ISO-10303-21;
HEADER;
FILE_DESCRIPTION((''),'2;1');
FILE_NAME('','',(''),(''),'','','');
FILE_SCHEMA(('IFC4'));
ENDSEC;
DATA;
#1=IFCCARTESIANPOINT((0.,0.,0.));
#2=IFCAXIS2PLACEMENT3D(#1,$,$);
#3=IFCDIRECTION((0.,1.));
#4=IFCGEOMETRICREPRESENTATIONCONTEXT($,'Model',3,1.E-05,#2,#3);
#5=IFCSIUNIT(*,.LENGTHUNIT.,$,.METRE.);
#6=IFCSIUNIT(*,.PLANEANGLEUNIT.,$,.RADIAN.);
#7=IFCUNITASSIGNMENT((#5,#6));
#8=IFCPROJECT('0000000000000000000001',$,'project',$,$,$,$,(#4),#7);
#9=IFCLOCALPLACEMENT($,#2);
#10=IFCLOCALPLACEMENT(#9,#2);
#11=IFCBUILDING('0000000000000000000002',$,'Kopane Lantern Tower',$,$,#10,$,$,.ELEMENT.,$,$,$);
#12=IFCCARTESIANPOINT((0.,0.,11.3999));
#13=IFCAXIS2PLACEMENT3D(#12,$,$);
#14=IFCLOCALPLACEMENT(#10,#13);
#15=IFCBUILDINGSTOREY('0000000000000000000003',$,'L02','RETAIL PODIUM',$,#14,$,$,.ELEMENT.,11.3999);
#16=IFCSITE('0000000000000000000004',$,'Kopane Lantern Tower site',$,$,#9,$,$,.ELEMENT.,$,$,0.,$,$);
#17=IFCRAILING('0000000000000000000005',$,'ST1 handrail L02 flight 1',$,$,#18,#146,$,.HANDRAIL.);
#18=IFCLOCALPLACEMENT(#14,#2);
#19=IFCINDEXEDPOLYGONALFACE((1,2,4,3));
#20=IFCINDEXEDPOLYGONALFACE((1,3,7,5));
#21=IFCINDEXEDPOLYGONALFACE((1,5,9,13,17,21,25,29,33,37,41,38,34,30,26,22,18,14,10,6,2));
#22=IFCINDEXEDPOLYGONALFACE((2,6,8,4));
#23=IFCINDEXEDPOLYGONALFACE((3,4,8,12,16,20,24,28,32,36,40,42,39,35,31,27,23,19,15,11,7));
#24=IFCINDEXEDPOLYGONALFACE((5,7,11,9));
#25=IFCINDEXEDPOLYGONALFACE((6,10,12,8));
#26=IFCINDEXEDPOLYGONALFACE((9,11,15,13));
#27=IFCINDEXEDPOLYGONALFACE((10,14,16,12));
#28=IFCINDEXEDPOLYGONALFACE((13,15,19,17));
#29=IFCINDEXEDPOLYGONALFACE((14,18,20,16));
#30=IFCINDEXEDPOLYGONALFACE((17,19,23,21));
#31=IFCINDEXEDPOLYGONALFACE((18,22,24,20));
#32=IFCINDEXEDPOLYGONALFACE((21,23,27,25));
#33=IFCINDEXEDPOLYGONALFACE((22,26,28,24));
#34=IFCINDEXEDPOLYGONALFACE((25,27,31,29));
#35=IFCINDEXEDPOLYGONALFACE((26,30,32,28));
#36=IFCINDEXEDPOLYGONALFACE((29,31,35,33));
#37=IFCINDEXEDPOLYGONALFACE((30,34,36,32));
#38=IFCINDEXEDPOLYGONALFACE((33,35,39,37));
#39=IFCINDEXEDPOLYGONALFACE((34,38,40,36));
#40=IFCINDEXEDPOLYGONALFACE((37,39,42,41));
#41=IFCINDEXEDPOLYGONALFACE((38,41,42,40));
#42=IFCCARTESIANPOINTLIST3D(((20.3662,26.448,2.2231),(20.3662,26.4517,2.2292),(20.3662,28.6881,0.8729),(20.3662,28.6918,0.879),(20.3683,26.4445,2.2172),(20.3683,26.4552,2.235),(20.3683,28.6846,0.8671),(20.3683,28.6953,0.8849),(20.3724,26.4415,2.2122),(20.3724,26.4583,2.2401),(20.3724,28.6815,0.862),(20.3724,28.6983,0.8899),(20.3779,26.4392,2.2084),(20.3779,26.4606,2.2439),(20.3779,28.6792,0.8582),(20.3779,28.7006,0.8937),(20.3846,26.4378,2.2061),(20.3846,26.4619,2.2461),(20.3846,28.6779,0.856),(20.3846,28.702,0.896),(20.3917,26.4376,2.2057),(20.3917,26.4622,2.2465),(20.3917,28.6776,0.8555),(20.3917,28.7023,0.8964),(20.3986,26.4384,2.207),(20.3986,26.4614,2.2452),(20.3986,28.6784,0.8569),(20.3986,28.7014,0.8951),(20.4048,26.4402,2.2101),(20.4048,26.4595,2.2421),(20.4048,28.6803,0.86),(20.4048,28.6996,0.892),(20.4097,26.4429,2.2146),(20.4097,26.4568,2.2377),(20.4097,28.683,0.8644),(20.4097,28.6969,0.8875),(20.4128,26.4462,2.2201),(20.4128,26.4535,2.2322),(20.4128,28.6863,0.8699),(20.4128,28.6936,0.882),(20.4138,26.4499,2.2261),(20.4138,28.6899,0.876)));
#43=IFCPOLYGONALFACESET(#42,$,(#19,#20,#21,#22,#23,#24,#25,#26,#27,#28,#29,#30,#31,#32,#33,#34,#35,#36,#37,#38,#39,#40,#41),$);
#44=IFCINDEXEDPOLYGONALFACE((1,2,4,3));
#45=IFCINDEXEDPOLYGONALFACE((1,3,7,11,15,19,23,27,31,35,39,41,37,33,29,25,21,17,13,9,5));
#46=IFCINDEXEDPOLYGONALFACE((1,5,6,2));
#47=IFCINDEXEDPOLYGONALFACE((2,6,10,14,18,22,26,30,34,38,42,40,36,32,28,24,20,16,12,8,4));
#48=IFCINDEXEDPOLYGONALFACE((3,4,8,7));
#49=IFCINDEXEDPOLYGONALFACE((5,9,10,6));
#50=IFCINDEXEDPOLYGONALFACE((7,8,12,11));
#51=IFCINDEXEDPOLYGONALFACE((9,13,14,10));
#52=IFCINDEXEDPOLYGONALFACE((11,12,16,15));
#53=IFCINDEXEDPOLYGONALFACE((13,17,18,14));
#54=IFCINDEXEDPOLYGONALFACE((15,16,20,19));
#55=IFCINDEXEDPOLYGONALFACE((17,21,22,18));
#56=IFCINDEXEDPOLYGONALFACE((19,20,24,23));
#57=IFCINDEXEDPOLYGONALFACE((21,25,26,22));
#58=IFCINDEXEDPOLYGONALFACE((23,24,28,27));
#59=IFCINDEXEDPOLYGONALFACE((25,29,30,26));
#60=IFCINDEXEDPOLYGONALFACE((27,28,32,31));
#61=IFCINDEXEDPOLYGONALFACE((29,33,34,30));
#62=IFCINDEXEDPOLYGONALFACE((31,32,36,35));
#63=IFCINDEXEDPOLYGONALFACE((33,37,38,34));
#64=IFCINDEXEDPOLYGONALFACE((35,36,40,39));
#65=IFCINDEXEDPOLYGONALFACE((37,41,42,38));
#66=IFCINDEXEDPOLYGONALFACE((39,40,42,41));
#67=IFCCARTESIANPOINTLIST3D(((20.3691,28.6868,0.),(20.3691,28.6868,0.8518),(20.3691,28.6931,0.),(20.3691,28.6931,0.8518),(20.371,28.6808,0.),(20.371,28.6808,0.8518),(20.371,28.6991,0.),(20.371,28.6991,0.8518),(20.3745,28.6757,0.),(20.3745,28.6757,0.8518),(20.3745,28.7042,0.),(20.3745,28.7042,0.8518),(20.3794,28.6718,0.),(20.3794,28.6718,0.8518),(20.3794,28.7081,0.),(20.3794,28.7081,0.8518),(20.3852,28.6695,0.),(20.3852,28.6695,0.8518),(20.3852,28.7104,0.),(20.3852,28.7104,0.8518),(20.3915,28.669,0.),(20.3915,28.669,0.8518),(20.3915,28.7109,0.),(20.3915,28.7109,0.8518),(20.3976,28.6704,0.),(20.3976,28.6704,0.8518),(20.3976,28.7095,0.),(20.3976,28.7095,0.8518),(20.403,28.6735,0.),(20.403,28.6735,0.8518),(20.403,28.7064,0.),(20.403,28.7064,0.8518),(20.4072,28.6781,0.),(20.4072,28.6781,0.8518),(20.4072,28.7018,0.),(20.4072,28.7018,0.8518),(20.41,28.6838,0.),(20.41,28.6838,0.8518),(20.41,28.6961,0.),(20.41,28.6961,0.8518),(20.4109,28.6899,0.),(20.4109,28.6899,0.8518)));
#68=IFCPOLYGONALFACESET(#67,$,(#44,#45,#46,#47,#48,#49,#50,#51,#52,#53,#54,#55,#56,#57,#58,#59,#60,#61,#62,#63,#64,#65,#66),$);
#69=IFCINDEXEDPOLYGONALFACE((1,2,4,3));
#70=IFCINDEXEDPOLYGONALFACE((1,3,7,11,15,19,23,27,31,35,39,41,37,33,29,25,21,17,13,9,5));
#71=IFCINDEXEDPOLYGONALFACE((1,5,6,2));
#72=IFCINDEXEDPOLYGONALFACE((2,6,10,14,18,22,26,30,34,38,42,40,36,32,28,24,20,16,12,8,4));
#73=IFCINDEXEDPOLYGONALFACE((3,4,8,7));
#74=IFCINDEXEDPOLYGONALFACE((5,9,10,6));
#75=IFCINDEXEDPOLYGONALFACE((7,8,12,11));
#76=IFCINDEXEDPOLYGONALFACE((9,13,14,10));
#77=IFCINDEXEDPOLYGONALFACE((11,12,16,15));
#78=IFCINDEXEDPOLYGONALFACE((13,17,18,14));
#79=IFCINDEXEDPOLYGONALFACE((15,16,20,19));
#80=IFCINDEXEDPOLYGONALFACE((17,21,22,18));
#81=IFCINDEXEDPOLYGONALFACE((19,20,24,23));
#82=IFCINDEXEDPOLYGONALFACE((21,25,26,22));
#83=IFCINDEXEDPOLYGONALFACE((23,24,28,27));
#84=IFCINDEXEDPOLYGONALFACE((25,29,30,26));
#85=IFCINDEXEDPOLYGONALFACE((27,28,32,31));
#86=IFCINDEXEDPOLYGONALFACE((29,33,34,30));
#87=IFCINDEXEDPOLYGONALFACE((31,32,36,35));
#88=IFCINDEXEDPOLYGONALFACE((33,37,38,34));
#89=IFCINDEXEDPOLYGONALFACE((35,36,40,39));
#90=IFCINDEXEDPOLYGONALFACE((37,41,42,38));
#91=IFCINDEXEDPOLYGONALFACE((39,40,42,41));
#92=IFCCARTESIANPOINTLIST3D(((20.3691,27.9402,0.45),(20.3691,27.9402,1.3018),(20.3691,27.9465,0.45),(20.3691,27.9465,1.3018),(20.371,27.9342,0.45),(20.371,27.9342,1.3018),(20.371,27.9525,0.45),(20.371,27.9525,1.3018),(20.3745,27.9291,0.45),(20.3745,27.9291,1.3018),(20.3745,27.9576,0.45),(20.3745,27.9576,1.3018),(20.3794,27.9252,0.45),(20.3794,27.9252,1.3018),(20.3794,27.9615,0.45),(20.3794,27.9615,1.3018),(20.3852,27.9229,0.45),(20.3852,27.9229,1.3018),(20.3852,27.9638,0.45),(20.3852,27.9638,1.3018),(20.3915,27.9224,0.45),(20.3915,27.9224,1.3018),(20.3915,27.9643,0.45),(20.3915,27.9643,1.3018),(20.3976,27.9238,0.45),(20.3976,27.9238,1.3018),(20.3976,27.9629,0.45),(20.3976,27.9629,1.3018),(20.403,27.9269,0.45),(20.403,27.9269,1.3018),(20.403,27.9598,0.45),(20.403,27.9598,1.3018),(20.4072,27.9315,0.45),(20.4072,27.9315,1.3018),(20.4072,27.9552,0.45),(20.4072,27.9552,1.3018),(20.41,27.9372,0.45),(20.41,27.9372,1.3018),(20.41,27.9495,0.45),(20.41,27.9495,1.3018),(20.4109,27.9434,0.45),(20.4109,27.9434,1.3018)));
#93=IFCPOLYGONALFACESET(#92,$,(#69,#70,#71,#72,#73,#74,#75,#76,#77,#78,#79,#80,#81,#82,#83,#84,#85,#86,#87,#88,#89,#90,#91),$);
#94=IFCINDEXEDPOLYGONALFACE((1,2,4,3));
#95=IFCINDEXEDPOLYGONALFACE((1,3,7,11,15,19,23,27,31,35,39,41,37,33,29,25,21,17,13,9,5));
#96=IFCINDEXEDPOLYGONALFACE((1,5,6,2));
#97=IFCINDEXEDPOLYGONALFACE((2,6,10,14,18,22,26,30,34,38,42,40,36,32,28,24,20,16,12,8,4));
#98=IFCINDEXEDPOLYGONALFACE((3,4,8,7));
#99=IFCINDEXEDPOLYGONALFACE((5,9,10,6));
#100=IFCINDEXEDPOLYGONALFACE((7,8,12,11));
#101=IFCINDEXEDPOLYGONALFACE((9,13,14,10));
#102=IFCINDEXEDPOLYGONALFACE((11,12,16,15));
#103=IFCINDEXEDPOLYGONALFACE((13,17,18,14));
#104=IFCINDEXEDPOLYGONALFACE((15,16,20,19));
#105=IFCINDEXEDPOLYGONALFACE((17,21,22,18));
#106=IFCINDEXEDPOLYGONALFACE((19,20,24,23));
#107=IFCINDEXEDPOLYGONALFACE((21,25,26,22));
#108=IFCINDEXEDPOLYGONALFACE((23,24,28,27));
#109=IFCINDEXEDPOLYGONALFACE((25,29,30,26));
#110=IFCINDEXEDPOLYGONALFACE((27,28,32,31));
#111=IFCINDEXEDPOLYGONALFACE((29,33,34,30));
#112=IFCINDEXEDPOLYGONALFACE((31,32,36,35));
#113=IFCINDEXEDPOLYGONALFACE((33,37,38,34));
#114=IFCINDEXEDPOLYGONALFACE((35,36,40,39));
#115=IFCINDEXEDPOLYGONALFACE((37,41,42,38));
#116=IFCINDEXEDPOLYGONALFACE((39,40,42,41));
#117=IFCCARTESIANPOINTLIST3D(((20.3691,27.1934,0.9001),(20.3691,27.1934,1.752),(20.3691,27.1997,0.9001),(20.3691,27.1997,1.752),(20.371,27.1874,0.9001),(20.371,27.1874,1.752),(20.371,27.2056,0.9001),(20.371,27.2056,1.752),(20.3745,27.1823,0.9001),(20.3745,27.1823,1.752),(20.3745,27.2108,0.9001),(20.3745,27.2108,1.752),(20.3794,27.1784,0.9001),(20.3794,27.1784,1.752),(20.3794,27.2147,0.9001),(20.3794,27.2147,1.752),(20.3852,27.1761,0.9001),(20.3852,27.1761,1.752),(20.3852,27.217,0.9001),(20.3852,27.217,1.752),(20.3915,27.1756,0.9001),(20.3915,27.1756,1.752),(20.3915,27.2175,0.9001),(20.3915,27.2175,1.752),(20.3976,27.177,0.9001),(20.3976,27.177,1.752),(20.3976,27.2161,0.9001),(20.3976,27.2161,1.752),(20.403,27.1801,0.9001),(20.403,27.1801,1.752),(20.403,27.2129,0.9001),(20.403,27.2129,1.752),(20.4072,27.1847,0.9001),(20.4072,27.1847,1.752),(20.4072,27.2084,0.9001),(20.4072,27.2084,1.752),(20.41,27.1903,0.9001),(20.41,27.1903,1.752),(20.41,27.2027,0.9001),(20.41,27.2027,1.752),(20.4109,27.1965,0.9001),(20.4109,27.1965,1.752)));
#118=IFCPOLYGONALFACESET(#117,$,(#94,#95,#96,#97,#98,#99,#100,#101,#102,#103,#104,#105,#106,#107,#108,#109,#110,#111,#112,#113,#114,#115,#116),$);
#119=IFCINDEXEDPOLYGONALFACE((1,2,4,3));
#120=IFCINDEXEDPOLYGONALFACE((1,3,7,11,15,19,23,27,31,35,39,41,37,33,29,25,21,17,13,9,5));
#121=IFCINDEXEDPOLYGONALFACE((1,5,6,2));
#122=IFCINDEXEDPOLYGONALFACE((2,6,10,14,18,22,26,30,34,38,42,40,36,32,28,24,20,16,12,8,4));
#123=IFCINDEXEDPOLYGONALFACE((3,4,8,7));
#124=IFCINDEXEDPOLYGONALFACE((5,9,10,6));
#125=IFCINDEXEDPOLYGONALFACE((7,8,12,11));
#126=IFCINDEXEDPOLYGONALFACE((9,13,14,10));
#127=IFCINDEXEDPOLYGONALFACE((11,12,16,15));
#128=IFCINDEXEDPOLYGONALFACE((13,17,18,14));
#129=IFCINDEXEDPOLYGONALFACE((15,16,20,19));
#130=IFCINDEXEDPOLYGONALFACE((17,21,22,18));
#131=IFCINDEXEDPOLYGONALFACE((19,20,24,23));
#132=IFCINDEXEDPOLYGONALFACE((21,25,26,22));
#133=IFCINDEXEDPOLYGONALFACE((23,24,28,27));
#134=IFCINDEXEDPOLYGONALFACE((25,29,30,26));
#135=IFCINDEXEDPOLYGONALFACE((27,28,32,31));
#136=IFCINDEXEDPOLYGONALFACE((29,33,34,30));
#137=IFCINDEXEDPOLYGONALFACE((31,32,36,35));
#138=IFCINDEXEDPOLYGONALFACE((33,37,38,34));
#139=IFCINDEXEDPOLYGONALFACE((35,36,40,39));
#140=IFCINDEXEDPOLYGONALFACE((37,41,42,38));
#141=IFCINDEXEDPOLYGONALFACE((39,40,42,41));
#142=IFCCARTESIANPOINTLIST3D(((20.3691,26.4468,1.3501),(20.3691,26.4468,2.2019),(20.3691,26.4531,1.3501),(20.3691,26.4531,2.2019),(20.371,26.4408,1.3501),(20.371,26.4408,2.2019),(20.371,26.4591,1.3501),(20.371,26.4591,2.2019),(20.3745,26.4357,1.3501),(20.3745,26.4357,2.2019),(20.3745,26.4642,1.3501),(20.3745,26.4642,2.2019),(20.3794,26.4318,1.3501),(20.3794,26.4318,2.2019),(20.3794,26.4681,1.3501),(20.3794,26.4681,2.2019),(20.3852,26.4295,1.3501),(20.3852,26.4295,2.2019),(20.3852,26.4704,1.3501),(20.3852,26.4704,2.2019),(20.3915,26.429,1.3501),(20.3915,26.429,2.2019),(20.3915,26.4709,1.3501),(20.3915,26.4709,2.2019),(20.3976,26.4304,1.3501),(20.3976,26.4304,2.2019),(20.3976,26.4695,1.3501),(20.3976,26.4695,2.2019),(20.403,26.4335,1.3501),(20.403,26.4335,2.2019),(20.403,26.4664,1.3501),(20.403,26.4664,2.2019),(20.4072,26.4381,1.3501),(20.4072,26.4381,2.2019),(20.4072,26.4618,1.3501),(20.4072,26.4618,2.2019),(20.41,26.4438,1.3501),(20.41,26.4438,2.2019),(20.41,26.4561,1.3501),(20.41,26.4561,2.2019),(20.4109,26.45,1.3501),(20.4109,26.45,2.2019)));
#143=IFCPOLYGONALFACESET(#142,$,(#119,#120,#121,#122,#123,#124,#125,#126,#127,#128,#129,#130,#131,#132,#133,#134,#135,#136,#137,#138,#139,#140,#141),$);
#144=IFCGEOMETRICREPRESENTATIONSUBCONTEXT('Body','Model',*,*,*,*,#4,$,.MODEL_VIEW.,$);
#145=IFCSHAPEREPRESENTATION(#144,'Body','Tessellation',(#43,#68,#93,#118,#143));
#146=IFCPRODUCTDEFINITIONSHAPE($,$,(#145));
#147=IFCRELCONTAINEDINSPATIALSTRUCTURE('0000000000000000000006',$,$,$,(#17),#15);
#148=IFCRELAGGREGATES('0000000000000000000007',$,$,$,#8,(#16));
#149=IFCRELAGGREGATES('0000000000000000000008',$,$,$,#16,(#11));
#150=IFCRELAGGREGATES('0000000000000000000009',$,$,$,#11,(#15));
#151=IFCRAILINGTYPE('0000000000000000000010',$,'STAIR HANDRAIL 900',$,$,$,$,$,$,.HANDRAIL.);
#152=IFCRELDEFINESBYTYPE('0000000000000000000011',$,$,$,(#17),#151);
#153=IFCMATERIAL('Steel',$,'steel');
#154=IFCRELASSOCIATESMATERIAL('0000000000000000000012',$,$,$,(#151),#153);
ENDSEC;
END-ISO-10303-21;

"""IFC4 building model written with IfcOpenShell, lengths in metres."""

from ifc_helpers import new_model, si_unit, direction, frame, origin, origin_2d, place, context, subcontext, project, spatial, circle, extrude, material, type_object, element, save


model = new_model("IFC4")

# Units and contexts
model_context = context("Model", 3, precision=1e-05, world=origin(), true_north=direction((0.0, 1.0)))
body_context = subcontext(model_context, "Body", "Model", "MODEL_VIEW")
ifc_project = project(units=[si_unit("LENGTHUNIT", "METRE"), si_unit("PLANEANGLEUNIT", "RADIAN")], contexts=[model_context])

# Site, building, storey
site_placement = place(None, origin())
site = spatial("IfcSite", under=ifc_project, at=site_placement, Name="Kopane Lantern Tower site", CompositionType="ELEMENT", RefElevation=0.0)
building_placement = place(site_placement, origin())
building = spatial("IfcBuilding", under=site, at=building_placement, Name="Kopane Lantern Tower", CompositionType="ELEMENT")
storey_placement = place(building_placement, frame((0.0, 0.0, 11.3999)))
storey = spatial("IfcBuildingStorey", under=building, at=storey_placement, Name="L02", Description="RETAIL PODIUM", CompositionType="ELEMENT", Elevation=11.3999)

# Railing
ifc_material_1 = material(Name="Steel", Category="steel")
railing_type_1 = type_object("IfcRailingType", Name="STAIR HANDRAIL 900", PredefinedType="HANDRAIL", material=ifc_material_1)
for number, where, name in (
    (1, (20.3899, 28.6899, 0.0), "ST1 handrail L02 flight 1"),
):
    element("IfcRailing", number, at=place(storey_placement, frame(where)), inside=storey, type_object=railing_type_1, Name=name, PredefinedType="HANDRAIL", context=body_context, shape_type="SweptSolid", body=[
        extrude(circle(Radius=0.0239, at=origin_2d()), frame((0.0, 0.0, 0.876), z_axis=(0.0, -0.856462, 0.516211), x_axis=(1.0, 0.0, 0.0)), (0.0, 0.0, 1.0), 2.6155),
        extrude(circle(Radius=0.021, at=origin_2d()), origin(), (0.0, 0.0, 1.0), 0.8518),
        extrude(circle(Radius=0.021, at=origin_2d()), frame((0.0, -0.7466, 0.45)), (0.0, 0.0, 1.0), 0.8518),
        extrude(circle(Radius=0.021, at=origin_2d()), frame((0.0, -1.4934, 0.9001)), (0.0, 0.0, 1.0), 0.8518),
        extrude(circle(Radius=0.021, at=origin_2d()), frame((0.0, -2.24, 1.3501)), (0.0, 0.0, 1.0), 0.8518),
    ])

save(model, "model.ifc")
